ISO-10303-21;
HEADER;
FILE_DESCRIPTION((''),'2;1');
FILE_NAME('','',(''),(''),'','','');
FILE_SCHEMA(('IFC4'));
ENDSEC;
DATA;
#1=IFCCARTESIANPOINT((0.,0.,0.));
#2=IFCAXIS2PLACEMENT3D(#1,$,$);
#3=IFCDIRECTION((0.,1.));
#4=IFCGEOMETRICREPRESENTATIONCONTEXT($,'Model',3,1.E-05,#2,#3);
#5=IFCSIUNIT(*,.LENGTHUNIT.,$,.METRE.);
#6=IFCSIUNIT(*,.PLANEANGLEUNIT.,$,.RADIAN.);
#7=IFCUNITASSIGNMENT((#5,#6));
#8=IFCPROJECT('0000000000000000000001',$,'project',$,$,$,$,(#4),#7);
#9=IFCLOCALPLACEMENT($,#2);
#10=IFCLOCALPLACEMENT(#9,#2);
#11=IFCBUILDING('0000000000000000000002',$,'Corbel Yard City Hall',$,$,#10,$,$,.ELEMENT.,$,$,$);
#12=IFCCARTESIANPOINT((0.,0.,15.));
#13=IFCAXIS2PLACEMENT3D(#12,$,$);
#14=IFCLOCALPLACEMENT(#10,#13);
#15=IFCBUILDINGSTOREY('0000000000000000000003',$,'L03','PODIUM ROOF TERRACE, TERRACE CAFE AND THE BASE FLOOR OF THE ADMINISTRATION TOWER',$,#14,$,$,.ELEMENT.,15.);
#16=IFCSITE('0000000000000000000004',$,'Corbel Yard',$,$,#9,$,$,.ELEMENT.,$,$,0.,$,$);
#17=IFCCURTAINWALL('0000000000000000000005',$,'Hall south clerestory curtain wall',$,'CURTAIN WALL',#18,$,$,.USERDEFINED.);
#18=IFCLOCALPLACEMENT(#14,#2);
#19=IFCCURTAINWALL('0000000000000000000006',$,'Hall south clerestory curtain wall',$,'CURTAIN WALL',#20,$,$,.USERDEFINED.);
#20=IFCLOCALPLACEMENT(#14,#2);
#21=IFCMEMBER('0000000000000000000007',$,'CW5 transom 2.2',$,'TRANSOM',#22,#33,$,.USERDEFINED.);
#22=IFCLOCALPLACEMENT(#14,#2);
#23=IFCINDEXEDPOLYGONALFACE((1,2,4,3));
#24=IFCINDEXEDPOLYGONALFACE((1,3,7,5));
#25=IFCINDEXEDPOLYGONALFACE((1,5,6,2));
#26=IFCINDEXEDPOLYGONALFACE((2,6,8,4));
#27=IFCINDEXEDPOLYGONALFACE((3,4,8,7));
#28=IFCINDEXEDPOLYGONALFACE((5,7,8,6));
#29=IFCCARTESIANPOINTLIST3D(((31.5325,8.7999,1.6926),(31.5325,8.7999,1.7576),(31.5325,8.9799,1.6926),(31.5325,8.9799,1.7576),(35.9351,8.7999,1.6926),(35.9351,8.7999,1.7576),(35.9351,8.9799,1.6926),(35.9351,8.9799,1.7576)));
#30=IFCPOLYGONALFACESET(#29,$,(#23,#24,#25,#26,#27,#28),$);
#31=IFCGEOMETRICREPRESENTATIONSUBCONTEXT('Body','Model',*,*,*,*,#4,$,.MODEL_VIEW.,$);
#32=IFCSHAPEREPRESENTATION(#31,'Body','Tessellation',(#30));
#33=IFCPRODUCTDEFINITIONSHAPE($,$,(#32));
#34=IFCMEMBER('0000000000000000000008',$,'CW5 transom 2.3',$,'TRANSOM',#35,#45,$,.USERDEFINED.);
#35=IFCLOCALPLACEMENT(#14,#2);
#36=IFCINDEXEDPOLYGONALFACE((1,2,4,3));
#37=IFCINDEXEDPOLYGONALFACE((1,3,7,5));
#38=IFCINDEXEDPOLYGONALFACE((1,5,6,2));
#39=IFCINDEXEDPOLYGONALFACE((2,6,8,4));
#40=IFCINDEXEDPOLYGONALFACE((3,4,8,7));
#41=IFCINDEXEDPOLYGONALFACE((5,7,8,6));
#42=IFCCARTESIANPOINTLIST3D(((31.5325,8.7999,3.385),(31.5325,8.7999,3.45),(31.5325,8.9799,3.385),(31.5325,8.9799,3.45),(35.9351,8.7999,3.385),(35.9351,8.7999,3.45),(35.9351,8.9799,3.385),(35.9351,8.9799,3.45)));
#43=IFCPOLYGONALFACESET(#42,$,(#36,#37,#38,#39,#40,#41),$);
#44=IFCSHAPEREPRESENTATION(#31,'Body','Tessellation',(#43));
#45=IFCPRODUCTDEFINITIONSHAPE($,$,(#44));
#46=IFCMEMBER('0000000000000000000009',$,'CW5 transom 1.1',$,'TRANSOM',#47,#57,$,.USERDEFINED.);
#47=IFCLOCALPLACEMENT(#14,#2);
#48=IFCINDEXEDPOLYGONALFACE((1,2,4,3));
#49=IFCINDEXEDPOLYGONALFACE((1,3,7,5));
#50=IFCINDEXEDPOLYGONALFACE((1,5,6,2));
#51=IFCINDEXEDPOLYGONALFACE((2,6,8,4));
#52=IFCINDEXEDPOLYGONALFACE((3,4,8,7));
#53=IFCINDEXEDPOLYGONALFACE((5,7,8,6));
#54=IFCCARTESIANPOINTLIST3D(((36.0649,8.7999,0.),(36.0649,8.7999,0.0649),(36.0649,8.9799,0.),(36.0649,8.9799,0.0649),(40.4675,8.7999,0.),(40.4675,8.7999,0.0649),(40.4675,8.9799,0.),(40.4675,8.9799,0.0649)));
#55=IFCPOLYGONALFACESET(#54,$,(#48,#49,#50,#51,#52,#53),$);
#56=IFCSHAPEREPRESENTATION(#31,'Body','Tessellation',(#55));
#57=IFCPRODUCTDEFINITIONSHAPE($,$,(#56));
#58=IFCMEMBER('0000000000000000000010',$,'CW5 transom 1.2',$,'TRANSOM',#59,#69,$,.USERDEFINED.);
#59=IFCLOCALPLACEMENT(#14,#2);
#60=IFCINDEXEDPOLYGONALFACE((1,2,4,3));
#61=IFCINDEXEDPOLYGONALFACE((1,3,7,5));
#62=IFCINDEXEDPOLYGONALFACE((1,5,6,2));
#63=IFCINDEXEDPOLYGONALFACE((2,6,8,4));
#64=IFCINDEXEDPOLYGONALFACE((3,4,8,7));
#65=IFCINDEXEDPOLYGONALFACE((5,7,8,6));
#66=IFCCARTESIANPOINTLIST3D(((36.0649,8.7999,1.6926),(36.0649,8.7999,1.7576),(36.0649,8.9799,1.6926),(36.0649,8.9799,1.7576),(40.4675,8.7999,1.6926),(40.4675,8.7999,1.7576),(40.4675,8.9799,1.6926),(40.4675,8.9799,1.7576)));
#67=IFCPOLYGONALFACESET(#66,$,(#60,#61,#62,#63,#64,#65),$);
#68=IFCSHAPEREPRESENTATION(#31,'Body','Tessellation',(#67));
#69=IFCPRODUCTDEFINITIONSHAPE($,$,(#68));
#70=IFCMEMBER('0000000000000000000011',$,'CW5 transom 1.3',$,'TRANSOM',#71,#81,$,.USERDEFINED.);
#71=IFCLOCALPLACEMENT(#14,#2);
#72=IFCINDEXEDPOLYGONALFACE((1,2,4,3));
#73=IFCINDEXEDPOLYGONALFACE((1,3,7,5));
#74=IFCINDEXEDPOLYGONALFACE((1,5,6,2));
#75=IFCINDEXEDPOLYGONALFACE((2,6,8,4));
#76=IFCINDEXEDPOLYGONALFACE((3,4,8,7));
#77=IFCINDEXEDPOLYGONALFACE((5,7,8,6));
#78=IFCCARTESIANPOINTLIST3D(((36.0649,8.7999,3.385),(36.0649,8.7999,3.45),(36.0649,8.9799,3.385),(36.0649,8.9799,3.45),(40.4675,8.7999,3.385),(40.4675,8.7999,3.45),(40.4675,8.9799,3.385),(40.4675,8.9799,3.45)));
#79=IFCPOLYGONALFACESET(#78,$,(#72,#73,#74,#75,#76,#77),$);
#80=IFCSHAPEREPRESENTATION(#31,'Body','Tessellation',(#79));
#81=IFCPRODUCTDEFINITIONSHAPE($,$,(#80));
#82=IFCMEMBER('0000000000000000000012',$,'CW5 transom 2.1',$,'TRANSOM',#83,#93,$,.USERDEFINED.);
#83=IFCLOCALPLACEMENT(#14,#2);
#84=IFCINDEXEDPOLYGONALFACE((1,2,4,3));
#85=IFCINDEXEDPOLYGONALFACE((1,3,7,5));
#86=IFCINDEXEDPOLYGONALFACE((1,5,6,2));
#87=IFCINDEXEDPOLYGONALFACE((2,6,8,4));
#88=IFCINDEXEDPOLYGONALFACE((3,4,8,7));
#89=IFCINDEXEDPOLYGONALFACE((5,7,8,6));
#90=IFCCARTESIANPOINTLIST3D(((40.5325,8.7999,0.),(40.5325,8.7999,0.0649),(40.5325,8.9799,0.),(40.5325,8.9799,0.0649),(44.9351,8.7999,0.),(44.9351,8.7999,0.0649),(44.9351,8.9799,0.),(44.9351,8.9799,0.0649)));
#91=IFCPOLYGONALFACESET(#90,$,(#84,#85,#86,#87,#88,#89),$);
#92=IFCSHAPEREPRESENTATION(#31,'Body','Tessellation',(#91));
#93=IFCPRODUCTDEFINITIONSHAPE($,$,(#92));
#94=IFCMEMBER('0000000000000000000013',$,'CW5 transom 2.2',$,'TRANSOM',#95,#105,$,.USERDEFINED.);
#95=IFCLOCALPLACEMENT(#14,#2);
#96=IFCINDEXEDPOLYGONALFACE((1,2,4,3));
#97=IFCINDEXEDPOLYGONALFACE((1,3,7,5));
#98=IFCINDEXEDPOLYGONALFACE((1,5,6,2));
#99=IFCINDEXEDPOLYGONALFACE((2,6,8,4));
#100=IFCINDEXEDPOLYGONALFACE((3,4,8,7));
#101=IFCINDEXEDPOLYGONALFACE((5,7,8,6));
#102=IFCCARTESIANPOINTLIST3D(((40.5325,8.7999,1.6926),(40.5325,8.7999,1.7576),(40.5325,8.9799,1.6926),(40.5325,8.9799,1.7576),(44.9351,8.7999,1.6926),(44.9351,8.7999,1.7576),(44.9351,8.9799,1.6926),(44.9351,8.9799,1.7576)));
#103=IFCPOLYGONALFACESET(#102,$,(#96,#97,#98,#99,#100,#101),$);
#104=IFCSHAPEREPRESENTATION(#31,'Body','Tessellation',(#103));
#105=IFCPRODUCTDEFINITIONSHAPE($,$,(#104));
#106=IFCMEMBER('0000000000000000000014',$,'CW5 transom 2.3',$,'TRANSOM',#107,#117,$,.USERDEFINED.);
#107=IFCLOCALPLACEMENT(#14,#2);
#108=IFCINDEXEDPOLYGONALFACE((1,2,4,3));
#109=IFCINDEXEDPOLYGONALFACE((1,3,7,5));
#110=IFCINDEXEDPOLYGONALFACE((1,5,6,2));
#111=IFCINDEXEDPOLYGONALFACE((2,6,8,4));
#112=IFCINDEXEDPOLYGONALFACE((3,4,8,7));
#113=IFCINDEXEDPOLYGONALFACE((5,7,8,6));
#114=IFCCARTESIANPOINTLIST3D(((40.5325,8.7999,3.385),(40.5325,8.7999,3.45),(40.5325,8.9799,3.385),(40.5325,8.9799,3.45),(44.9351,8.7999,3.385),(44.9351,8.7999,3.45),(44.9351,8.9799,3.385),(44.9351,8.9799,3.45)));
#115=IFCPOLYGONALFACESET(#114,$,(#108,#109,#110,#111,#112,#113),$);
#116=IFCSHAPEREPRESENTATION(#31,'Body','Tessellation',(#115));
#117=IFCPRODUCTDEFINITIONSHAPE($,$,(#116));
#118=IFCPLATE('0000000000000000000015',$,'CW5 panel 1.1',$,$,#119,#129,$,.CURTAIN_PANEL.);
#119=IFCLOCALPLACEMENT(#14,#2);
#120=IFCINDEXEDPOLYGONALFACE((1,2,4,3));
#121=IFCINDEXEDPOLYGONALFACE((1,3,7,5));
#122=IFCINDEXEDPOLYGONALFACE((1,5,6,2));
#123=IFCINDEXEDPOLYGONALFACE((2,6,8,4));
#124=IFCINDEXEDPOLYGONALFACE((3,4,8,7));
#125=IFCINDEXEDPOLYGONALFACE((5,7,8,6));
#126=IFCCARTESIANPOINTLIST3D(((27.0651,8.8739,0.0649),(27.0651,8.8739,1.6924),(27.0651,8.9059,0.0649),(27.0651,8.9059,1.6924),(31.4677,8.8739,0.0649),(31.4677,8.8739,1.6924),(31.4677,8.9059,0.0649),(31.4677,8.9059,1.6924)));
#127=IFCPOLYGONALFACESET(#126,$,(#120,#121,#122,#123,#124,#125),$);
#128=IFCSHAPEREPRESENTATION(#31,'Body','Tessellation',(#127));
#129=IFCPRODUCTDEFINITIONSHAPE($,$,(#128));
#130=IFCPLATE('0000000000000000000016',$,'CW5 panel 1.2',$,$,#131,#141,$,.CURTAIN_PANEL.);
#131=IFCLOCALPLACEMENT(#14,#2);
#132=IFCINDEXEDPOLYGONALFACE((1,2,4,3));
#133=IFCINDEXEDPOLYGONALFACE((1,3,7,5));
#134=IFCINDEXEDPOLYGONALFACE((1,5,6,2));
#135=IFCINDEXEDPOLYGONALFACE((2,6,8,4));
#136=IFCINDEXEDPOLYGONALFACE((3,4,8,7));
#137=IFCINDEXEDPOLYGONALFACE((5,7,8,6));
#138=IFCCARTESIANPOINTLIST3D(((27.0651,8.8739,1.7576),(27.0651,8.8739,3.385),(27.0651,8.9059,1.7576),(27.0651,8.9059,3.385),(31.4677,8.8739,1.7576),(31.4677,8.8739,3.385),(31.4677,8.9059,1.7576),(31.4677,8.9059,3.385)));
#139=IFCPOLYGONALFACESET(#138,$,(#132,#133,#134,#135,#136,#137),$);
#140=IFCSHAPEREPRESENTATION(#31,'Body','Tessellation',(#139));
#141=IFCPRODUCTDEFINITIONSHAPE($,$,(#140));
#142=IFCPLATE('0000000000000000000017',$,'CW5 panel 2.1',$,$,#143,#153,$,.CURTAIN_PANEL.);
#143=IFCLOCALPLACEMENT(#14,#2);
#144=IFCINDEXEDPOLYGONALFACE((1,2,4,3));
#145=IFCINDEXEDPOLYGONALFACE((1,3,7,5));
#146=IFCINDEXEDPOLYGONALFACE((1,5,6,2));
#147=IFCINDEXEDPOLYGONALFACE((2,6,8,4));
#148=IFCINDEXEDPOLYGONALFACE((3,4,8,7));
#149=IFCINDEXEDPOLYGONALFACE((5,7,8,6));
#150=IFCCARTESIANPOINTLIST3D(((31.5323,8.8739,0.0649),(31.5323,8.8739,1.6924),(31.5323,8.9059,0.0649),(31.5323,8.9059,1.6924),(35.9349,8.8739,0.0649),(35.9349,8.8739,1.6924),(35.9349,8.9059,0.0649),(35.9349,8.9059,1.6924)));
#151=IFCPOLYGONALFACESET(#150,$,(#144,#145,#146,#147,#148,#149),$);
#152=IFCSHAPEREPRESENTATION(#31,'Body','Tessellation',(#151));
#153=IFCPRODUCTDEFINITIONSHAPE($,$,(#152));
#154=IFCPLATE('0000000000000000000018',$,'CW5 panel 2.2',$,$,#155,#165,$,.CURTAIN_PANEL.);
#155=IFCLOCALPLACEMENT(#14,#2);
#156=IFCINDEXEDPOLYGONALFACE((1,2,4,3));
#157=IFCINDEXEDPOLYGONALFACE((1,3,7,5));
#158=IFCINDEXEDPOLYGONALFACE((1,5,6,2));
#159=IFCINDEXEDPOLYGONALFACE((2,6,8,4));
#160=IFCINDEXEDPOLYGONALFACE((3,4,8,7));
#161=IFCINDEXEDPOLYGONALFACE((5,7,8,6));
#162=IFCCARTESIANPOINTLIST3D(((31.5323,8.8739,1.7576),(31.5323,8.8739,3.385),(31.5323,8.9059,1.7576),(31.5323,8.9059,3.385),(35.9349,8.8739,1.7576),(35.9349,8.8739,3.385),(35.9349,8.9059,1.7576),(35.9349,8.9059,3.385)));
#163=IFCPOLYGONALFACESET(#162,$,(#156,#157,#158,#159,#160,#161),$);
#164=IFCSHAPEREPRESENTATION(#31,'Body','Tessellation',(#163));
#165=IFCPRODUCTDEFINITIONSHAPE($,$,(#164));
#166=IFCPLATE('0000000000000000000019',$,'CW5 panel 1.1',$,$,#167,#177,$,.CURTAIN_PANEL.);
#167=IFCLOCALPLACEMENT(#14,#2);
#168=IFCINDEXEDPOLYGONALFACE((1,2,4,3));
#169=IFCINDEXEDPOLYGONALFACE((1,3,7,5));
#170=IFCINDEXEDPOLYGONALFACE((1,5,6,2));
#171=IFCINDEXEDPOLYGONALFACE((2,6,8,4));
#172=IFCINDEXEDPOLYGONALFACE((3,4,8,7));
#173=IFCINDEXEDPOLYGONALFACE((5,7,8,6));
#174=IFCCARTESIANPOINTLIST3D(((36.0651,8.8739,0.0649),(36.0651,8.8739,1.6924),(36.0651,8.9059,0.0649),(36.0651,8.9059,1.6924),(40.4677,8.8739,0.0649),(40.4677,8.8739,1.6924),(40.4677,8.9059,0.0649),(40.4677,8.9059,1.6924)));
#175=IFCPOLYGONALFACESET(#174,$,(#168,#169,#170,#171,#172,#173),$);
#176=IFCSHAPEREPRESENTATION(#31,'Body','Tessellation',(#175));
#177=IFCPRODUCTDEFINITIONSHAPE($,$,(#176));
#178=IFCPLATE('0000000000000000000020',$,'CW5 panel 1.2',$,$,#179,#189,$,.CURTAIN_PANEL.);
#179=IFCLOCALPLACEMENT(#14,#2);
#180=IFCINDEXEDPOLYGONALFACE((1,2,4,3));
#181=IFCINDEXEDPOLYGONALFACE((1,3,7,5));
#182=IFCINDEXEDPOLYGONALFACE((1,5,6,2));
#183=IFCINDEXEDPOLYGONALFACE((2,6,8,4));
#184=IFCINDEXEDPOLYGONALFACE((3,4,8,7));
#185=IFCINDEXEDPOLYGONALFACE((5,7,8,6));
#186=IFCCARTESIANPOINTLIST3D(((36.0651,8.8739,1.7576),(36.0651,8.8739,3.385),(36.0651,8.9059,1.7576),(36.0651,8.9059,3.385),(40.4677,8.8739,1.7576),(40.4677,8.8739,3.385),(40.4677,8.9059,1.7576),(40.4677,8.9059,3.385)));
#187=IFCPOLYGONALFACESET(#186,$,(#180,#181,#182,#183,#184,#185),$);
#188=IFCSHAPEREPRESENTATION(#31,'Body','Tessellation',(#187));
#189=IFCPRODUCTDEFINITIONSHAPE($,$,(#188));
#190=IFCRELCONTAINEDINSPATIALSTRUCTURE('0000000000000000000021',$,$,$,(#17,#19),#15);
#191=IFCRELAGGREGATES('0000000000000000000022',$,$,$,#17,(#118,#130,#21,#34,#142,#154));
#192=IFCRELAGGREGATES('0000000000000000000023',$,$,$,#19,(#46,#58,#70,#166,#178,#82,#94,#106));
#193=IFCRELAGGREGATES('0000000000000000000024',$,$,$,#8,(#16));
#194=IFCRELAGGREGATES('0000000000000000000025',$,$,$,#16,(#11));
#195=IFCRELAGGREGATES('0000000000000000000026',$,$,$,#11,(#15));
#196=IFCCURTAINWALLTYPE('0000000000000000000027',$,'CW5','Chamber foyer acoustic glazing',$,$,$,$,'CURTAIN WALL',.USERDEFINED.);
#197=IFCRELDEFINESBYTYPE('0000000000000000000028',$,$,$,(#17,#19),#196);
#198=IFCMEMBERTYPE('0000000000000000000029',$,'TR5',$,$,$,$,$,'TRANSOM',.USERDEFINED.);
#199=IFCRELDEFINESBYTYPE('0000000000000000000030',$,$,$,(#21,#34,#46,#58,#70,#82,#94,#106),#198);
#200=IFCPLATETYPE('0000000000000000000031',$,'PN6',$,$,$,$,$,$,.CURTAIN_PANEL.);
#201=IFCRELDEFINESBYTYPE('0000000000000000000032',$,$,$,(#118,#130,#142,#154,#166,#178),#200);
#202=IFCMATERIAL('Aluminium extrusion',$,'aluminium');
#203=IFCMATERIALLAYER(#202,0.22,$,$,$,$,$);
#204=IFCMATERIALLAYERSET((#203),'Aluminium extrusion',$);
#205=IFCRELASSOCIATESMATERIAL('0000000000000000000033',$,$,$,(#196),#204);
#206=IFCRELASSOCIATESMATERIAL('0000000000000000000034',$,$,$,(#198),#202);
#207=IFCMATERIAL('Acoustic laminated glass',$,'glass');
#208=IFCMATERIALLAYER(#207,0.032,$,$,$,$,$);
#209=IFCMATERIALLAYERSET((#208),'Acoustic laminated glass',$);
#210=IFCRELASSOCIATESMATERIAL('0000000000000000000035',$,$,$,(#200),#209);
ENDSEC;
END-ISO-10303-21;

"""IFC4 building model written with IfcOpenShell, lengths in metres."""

from ifc_helpers import new_model, si_unit, direction, frame, origin, origin_2d, place, context, subcontext, project, spatial, rectangle, extrude, material, layer, layer_set, material_profile, profile_set, type_object, element, aggregate, save


model = new_model("IFC4")

# Units and contexts
model_context = context("Model", 3, precision=1e-05, world=origin(), true_north=direction((0.0, 1.0)))
body_context = subcontext(model_context, "Body", "Model", "MODEL_VIEW")
ifc_project = project(units=[si_unit("LENGTHUNIT", "METRE"), si_unit("PLANEANGLEUNIT", "RADIAN")], contexts=[model_context])

# Site, building, storey
site_placement = place(None, origin())
site = spatial("IfcSite", under=ifc_project, at=site_placement, Name="Corbel Yard", CompositionType="ELEMENT", RefElevation=0.0)
building_placement = place(site_placement, origin())
building = spatial("IfcBuilding", under=site, at=building_placement, Name="Corbel Yard City Hall", CompositionType="ELEMENT")
storey_placement = place(building_placement, frame((0.0, 0.0, 15.0)))
storey = spatial("IfcBuildingStorey", under=building, at=storey_placement, Name="L03", Description="PODIUM ROOF TERRACE, TERRACE CAFE AND THE BASE FLOOR OF THE ADMINISTRATION TOWER", CompositionType="ELEMENT", Elevation=15.0)

# Curtain walls
ifc_material_1 = material(Name="Aluminium extrusion", Category="aluminium")
ifc_layer_1 = layer(ifc_material_1, 0.22)
ifc_layer_set_1 = layer_set([ifc_layer_1], Name="Aluminium extrusion")
curtain_wall_type = type_object("IfcCurtainWallType", Name="CW5", Description="Chamber foyer acoustic glazing", ElementType="CURTAIN WALL", PredefinedType="USERDEFINED", material=ifc_layer_set_1)
curtain_wall_1_placement = place(storey_placement, origin())
curtain_wall_1 = element("IfcCurtainWall", 1, at=curtain_wall_1_placement, inside=storey, type_object=curtain_wall_type, Name="Hall south clerestory curtain wall", ObjectType="CURTAIN WALL", PredefinedType="USERDEFINED")
curtain_wall_2_placement = place(storey_placement, origin())
curtain_wall_2 = element("IfcCurtainWall", 2, at=curtain_wall_2_placement, inside=storey, type_object=curtain_wall_type, Name="Hall south clerestory curtain wall", ObjectType="CURTAIN WALL", PredefinedType="USERDEFINED")

# Members
ifc_material_profile_1 = material_profile(ifc_material_1, rectangle(XDim=0.1799, YDim=0.0649, at=origin_2d()), Name="180x65")
ifc_profile_set_1 = profile_set([ifc_material_profile_1], Name="Aluminium extrusion")
member_type_1 = type_object("IfcMemberType", Name="TR5", ElementType="TRANSOM", PredefinedType="USERDEFINED", material=ifc_profile_set_1)
member_1_placement = place(storey_placement, frame((31.5325, 8.8899, 1.7251), z_axis=(1.0, 0.0, 0.0), x_axis=(0.0, 1.0, 0.0)))
member_1 = element("IfcMember", 3, at=member_1_placement, type_object=member_type_1, Name="CW5 transom 2.2", ObjectType="TRANSOM", PredefinedType="USERDEFINED", context=body_context, shape_type="SweptSolid", body=[
    extrude(rectangle(XDim=0.1799, YDim=0.0649, at=origin_2d()), origin(), (0.0, 0.0, 1.0), 4.4026),
])
member_2_placement = place(storey_placement, frame((31.5325, 8.8899, 3.4175), z_axis=(1.0, 0.0, 0.0), x_axis=(0.0, 1.0, 0.0)))
member_2 = element("IfcMember", 4, at=member_2_placement, type_object=member_type_1, Name="CW5 transom 2.3", ObjectType="TRANSOM", PredefinedType="USERDEFINED", context=body_context, shape_type="SweptSolid", body=[
    extrude(rectangle(XDim=0.1799, YDim=0.0649, at=origin_2d()), origin(), (0.0, 0.0, 1.0), 4.4026),
])
member_3_placement = place(storey_placement, frame((36.0649, 8.8899, 0.0325), z_axis=(1.0, 0.0, 0.0), x_axis=(0.0, 1.0, 0.0)))
member_3 = element("IfcMember", 5, at=member_3_placement, type_object=member_type_1, Name="CW5 transom 1.1", ObjectType="TRANSOM", PredefinedType="USERDEFINED", context=body_context, shape_type="SweptSolid", body=[
    extrude(rectangle(XDim=0.1799, YDim=0.0649, at=origin_2d()), origin(), (0.0, 0.0, 1.0), 4.4026),
])
member_4_placement = place(storey_placement, frame((36.0649, 8.8899, 1.7251), z_axis=(1.0, 0.0, 0.0), x_axis=(0.0, 1.0, 0.0)))
member_4 = element("IfcMember", 6, at=member_4_placement, type_object=member_type_1, Name="CW5 transom 1.2", ObjectType="TRANSOM", PredefinedType="USERDEFINED", context=body_context, shape_type="SweptSolid", body=[
    extrude(rectangle(XDim=0.1799, YDim=0.0649, at=origin_2d()), origin(), (0.0, 0.0, 1.0), 4.4026),
])
member_5_placement = place(storey_placement, frame((36.0649, 8.8899, 3.4175), z_axis=(1.0, 0.0, 0.0), x_axis=(0.0, 1.0, 0.0)))
member_5 = element("IfcMember", 7, at=member_5_placement, type_object=member_type_1, Name="CW5 transom 1.3", ObjectType="TRANSOM", PredefinedType="USERDEFINED", context=body_context, shape_type="SweptSolid", body=[
    extrude(rectangle(XDim=0.1799, YDim=0.0649, at=origin_2d()), origin(), (0.0, 0.0, 1.0), 4.4026),
])
member_6_placement = place(storey_placement, frame((40.5325, 8.8899, 0.0325), z_axis=(1.0, 0.0, 0.0), x_axis=(0.0, 1.0, 0.0)))
member_6 = element("IfcMember", 8, at=member_6_placement, type_object=member_type_1, Name="CW5 transom 2.1", ObjectType="TRANSOM", PredefinedType="USERDEFINED", context=body_context, shape_type="SweptSolid", body=[
    extrude(rectangle(XDim=0.1799, YDim=0.0649, at=origin_2d()), origin(), (0.0, 0.0, 1.0), 4.4026),
])
member_7_placement = place(storey_placement, frame((40.5325, 8.8899, 1.7251), z_axis=(1.0, 0.0, 0.0), x_axis=(0.0, 1.0, 0.0)))
member_7 = element("IfcMember", 9, at=member_7_placement, type_object=member_type_1, Name="CW5 transom 2.2", ObjectType="TRANSOM", PredefinedType="USERDEFINED", context=body_context, shape_type="SweptSolid", body=[
    extrude(rectangle(XDim=0.1799, YDim=0.0649, at=origin_2d()), origin(), (0.0, 0.0, 1.0), 4.4026),
])
member_8_placement = place(storey_placement, frame((40.5325, 8.8899, 3.4175), z_axis=(1.0, 0.0, 0.0), x_axis=(0.0, 1.0, 0.0)))
member_8 = element("IfcMember", 10, at=member_8_placement, type_object=member_type_1, Name="CW5 transom 2.3", ObjectType="TRANSOM", PredefinedType="USERDEFINED", context=body_context, shape_type="SweptSolid", body=[
    extrude(rectangle(XDim=0.1799, YDim=0.0649, at=origin_2d()), origin(), (0.0, 0.0, 1.0), 4.4026),
])

# Plates
ifc_material_2 = material(Name="Acoustic laminated glass", Category="glass")
ifc_layer_2 = layer(ifc_material_2, 0.032)
ifc_layer_set_2 = layer_set([ifc_layer_2], Name="Acoustic laminated glass")
plate_type = type_object("IfcPlateType", Name="PN6", PredefinedType="CURTAIN_PANEL", material=ifc_layer_set_2)
plate_1_placement = place(storey_placement, frame((29.2664, 8.8899, 0.0649), z_axis=(0.0, 0.0, 1.0), x_axis=(1.0, 0.0, 0.0)))
plate_1 = element("IfcPlate", 11, at=plate_1_placement, type_object=plate_type, Name="CW5 panel 1.1", PredefinedType="CURTAIN_PANEL", context=body_context, shape_type="SweptSolid", body=[
    extrude(rectangle(XDim=4.4026, YDim=0.032, at=origin_2d()), origin(), (0.0, 0.0, 1.0), 1.6274),
])
plate_2_placement = place(storey_placement, frame((29.2664, 8.8899, 1.7576), z_axis=(0.0, 0.0, 1.0), x_axis=(1.0, 0.0, 0.0)))
plate_2 = element("IfcPlate", 12, at=plate_2_placement, type_object=plate_type, Name="CW5 panel 1.2", PredefinedType="CURTAIN_PANEL", context=body_context, shape_type="SweptSolid", body=[
    extrude(rectangle(XDim=4.4026, YDim=0.032, at=origin_2d()), origin(), (0.0, 0.0, 1.0), 1.6274),
])
plate_3_placement = place(storey_placement, frame((33.7336, 8.8899, 0.0649), z_axis=(0.0, 0.0, 1.0), x_axis=(1.0, 0.0, 0.0)))
plate_3 = element("IfcPlate", 13, at=plate_3_placement, type_object=plate_type, Name="CW5 panel 2.1", PredefinedType="CURTAIN_PANEL", context=body_context, shape_type="SweptSolid", body=[
    extrude(rectangle(XDim=4.4026, YDim=0.032, at=origin_2d()), origin(), (0.0, 0.0, 1.0), 1.6274),
])
plate_4_placement = place(storey_placement, frame((33.7336, 8.8899, 1.7576), z_axis=(0.0, 0.0, 1.0), x_axis=(1.0, 0.0, 0.0)))
plate_4 = element("IfcPlate", 14, at=plate_4_placement, type_object=plate_type, Name="CW5 panel 2.2", PredefinedType="CURTAIN_PANEL", context=body_context, shape_type="SweptSolid", body=[
    extrude(rectangle(XDim=4.4026, YDim=0.032, at=origin_2d()), origin(), (0.0, 0.0, 1.0), 1.6274),
])
aggregate(curtain_wall_1, [plate_1, plate_2, member_1, member_2, plate_3, plate_4])
plate_5_placement = place(storey_placement, frame((38.2664, 8.8899, 0.0649), z_axis=(0.0, 0.0, 1.0), x_axis=(1.0, 0.0, 0.0)))
plate_5 = element("IfcPlate", 15, at=plate_5_placement, type_object=plate_type, Name="CW5 panel 1.1", PredefinedType="CURTAIN_PANEL", context=body_context, shape_type="SweptSolid", body=[
    extrude(rectangle(XDim=4.4026, YDim=0.032, at=origin_2d()), origin(), (0.0, 0.0, 1.0), 1.6274),
])
plate_6_placement = place(storey_placement, frame((38.2664, 8.8899, 1.7576), z_axis=(0.0, 0.0, 1.0), x_axis=(1.0, 0.0, 0.0)))
plate_6 = element("IfcPlate", 16, at=plate_6_placement, type_object=plate_type, Name="CW5 panel 1.2", PredefinedType="CURTAIN_PANEL", context=body_context, shape_type="SweptSolid", body=[
    extrude(rectangle(XDim=4.4026, YDim=0.032, at=origin_2d()), origin(), (0.0, 0.0, 1.0), 1.6274),
])
aggregate(curtain_wall_2, [member_3, member_4, member_5, plate_5, plate_6, member_6, member_7, member_8])

save(model, "model.ifc")
